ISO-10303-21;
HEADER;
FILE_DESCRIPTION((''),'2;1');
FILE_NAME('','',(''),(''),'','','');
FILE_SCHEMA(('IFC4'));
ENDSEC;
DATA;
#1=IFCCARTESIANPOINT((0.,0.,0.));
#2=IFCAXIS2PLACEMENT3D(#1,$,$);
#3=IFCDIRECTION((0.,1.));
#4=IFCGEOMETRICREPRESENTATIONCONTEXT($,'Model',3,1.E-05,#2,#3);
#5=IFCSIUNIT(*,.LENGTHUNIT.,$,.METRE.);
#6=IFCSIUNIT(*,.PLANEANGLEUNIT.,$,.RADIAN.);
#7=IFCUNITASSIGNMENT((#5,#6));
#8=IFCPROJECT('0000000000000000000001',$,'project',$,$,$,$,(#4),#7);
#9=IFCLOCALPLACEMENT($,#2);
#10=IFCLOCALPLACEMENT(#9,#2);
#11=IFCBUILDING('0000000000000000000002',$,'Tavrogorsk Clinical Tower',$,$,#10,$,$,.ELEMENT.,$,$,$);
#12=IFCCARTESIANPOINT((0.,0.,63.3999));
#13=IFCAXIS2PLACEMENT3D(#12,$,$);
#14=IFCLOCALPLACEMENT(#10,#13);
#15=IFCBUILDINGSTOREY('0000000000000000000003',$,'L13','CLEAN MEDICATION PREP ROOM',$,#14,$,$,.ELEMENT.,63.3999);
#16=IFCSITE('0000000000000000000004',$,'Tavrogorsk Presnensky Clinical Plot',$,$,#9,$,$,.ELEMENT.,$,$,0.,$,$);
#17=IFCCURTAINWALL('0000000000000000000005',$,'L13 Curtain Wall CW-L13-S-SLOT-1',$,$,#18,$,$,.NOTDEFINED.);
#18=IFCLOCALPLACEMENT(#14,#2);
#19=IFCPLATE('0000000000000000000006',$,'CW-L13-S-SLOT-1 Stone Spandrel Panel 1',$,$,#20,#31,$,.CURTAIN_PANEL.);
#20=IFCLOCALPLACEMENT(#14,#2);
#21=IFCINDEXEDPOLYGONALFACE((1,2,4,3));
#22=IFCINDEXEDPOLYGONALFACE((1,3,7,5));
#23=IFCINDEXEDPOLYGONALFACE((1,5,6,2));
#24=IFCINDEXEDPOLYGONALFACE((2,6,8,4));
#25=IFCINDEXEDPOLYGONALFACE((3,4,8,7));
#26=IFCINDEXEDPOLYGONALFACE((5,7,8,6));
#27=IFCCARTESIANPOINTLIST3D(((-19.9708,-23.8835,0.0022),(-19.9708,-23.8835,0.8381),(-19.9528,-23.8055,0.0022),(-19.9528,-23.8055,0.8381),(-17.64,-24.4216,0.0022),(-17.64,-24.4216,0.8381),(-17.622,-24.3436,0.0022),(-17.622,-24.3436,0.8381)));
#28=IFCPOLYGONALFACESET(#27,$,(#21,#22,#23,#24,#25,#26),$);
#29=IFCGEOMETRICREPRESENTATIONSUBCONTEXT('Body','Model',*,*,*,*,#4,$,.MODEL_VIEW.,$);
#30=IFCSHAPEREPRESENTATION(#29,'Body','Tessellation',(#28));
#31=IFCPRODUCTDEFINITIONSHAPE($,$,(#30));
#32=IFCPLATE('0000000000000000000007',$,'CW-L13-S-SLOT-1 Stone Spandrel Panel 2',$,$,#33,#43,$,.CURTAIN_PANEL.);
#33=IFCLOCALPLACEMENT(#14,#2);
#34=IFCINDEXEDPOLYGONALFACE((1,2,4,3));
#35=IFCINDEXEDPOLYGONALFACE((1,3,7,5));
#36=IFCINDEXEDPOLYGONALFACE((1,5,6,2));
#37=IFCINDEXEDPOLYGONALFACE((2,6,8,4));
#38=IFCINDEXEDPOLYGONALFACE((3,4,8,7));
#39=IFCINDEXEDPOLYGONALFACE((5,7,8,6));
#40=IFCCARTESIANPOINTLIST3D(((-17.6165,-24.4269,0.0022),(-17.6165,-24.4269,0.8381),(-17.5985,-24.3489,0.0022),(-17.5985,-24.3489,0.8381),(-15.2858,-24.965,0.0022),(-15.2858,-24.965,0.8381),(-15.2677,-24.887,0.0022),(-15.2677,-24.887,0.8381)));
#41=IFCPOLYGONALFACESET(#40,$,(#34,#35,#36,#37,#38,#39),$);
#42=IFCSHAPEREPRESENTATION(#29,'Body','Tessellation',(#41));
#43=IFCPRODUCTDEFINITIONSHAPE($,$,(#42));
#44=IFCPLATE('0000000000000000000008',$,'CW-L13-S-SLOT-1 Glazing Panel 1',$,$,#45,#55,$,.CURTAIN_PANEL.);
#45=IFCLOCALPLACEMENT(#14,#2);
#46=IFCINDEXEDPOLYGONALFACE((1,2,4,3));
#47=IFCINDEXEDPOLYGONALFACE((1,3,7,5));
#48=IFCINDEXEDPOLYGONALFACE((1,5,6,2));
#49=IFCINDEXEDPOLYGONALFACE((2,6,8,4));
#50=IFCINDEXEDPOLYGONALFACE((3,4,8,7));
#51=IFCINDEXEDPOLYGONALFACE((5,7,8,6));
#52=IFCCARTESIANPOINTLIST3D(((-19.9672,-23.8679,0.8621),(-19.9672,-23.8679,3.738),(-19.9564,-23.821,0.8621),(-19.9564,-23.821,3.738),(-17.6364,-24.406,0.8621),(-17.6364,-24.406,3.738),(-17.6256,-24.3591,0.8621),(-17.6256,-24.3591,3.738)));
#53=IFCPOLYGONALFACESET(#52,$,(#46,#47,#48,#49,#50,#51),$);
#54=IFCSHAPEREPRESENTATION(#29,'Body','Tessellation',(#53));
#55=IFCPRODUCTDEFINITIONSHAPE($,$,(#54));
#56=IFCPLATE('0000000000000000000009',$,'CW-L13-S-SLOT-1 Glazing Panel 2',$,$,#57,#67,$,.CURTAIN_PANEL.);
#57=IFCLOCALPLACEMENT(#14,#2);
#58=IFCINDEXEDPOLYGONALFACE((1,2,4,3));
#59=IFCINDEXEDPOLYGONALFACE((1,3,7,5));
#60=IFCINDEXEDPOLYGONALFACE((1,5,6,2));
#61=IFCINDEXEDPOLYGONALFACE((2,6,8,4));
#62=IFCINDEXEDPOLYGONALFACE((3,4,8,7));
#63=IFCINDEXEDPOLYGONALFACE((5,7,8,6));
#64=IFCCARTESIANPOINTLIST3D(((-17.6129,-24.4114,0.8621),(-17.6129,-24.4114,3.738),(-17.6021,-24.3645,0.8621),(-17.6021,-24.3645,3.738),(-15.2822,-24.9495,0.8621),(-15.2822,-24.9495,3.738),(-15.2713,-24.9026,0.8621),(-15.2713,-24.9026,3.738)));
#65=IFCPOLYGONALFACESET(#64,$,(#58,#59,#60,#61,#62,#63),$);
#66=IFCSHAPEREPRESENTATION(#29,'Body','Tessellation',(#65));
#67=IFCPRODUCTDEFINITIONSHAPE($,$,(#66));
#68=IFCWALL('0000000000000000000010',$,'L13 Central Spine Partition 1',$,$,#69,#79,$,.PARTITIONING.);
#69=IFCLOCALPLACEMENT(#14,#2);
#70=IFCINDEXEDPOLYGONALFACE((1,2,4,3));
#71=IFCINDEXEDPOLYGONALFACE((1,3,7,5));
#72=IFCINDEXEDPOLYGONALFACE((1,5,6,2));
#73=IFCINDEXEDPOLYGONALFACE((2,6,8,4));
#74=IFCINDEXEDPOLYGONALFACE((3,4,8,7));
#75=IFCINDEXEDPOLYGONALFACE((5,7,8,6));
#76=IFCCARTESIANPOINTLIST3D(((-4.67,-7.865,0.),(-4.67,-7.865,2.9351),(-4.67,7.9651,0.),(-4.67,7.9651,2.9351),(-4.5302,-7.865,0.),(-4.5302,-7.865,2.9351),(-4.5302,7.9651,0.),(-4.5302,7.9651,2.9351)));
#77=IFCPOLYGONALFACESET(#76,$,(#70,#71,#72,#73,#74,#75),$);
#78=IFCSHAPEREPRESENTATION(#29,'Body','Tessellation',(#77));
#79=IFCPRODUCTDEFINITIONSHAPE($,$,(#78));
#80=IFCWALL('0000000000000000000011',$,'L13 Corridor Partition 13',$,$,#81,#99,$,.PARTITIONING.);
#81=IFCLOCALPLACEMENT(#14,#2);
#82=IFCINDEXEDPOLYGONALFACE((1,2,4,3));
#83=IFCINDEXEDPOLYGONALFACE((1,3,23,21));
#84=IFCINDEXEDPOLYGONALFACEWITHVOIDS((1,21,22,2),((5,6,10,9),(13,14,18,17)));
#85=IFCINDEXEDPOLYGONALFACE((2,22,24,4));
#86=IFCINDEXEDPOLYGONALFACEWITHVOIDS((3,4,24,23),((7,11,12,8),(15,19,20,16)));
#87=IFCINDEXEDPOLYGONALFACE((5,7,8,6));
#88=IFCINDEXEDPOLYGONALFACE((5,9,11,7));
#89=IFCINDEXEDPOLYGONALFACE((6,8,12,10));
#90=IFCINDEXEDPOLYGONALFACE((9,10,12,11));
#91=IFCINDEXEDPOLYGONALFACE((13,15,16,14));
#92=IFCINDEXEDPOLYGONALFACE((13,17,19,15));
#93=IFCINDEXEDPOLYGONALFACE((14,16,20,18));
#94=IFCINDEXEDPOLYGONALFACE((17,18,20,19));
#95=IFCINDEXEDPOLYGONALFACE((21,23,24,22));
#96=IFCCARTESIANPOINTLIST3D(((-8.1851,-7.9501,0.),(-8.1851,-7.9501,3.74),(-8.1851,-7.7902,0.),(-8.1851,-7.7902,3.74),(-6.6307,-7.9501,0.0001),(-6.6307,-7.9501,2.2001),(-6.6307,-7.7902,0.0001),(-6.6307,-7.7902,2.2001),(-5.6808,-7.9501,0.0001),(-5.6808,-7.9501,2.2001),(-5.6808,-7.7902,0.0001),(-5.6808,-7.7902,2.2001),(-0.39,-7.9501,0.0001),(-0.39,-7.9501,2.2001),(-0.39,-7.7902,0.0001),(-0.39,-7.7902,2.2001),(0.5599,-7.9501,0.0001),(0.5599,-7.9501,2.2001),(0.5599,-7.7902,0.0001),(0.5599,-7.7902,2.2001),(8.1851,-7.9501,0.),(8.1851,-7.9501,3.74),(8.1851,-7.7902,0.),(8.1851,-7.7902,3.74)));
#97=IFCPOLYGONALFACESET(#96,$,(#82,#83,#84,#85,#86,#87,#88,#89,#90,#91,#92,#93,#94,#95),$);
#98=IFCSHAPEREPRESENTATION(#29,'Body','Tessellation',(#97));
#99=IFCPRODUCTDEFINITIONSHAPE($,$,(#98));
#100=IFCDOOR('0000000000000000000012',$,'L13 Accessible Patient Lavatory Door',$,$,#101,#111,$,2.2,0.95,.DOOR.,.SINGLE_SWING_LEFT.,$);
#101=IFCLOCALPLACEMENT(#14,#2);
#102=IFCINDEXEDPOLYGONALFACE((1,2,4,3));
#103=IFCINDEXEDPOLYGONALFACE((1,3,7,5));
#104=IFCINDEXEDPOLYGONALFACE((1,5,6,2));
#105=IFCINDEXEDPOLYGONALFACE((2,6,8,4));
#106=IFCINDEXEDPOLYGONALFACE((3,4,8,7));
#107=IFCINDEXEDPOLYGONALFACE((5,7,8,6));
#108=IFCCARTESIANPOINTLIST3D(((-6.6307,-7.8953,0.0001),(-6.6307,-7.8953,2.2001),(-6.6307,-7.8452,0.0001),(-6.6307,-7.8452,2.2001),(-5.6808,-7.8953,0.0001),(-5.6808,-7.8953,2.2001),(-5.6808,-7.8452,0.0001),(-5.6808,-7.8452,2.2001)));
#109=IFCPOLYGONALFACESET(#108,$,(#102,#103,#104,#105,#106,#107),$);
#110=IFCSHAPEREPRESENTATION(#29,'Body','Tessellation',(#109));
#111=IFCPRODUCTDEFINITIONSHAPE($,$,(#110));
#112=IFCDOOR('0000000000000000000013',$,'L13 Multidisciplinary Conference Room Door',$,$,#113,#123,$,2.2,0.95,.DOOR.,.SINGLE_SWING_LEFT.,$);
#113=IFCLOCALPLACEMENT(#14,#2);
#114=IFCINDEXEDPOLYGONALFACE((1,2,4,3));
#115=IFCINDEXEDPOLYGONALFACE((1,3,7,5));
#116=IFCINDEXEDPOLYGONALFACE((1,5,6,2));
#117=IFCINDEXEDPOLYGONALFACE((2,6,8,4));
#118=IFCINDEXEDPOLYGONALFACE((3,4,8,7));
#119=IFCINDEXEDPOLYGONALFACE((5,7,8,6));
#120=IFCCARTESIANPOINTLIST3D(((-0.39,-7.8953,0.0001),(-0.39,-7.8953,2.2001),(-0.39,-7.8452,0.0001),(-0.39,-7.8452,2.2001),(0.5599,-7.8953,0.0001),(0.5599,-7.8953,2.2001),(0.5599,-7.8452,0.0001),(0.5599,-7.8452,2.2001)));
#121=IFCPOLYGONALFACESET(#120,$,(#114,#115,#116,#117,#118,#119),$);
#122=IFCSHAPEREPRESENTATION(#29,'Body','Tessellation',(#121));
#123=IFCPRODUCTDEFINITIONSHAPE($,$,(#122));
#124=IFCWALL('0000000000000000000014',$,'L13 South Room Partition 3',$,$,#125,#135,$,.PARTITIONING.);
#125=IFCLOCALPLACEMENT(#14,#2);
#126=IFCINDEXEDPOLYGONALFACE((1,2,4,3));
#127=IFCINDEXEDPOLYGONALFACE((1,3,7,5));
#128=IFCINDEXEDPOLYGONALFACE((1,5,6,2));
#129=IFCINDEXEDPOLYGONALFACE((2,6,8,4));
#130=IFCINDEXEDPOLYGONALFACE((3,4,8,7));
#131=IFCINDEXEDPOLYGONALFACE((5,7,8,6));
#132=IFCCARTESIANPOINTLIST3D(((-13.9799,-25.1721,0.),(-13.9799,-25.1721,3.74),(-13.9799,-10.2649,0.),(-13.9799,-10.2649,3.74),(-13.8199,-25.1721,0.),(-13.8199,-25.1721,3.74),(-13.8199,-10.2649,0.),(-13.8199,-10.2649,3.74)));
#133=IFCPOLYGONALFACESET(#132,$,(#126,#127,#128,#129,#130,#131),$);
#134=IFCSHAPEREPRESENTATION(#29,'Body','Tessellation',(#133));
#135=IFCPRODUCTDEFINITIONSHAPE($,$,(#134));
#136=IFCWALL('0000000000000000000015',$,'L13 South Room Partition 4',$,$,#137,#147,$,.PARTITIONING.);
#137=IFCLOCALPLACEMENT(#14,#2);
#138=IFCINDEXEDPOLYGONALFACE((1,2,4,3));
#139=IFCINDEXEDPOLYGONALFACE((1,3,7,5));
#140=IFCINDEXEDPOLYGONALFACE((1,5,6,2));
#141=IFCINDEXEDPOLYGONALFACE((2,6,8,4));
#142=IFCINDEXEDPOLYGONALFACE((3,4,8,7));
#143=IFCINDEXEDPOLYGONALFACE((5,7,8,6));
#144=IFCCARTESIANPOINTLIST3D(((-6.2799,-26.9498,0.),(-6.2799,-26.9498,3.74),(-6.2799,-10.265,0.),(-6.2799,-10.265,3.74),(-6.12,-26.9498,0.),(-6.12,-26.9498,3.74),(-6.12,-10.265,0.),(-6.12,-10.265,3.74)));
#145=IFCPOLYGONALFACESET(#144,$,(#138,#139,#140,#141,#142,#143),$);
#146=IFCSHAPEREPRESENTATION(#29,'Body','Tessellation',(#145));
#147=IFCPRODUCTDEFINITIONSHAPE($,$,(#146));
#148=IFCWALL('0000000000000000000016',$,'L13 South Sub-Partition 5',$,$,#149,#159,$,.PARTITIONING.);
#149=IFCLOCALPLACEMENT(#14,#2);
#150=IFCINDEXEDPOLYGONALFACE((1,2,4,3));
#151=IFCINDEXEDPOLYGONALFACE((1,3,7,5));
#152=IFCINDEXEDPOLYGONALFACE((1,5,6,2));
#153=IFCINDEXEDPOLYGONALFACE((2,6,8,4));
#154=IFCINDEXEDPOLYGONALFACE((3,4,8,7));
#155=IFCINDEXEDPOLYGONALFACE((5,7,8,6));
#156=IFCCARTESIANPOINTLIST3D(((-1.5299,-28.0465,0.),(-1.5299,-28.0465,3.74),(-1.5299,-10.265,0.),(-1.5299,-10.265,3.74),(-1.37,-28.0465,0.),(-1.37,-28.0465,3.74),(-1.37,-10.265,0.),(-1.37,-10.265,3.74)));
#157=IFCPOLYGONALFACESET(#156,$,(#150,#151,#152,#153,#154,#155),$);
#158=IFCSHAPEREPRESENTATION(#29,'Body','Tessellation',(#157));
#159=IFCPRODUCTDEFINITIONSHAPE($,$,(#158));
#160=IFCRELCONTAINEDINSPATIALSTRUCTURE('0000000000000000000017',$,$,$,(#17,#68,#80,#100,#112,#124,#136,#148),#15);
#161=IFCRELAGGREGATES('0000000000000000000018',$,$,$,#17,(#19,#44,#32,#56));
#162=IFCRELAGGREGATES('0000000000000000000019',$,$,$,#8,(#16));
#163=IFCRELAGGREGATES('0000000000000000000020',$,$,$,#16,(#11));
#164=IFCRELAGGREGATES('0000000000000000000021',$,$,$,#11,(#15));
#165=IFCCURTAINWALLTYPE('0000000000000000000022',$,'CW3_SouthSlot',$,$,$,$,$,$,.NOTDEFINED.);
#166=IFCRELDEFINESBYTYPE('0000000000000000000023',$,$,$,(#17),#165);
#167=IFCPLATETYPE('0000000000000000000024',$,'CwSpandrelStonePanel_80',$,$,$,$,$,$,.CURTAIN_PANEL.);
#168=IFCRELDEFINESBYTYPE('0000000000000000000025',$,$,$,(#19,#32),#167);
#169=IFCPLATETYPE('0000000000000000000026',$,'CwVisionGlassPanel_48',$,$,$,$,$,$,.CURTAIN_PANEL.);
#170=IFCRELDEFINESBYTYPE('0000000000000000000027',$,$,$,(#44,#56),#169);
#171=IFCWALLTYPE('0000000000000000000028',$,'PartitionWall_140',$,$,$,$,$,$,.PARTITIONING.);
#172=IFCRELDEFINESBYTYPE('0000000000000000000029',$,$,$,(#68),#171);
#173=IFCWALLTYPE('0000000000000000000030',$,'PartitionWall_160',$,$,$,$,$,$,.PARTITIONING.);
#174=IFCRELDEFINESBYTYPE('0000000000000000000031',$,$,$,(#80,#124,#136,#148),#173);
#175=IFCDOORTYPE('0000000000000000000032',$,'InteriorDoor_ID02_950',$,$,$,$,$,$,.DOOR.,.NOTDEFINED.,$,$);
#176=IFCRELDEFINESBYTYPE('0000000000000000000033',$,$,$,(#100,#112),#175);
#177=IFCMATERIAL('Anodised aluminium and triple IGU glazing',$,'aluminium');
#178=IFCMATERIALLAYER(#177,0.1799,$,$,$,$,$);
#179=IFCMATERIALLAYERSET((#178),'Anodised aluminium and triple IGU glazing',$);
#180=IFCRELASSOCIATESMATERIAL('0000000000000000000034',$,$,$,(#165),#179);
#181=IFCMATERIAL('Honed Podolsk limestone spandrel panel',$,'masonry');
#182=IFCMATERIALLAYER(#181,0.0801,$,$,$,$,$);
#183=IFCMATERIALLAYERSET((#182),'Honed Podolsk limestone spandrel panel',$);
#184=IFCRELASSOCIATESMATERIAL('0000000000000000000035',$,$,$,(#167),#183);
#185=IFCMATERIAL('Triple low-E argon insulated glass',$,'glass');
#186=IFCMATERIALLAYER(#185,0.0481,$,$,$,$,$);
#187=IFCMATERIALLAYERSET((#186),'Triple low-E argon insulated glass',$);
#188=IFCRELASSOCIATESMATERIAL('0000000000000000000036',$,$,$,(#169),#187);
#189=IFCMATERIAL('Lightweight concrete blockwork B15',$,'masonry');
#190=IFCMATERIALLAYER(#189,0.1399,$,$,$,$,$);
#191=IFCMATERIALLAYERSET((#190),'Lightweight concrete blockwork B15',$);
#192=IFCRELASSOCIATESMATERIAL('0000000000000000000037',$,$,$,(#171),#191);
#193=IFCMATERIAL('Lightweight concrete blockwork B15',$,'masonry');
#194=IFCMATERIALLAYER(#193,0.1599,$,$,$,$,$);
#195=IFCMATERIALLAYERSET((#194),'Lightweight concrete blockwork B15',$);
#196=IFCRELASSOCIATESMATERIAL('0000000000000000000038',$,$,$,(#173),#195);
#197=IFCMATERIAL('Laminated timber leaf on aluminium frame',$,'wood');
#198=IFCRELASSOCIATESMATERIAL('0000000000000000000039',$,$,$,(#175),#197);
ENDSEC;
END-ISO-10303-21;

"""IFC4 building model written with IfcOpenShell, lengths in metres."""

from ifc_helpers import new_model, si_unit, direction, frame, frame_2d, origin, origin_2d, place, context, subcontext, project, spatial, rectangle, extrude, material, layer, layer_set, type_object, element, fill, aggregate, save


model = new_model("IFC4")

# Units and contexts
model_context = context("Model", 3, precision=1e-05, world=origin(), true_north=direction((0.0, 1.0)))
body_context = subcontext(model_context, "Body", "Model", "MODEL_VIEW")
ifc_project = project(units=[si_unit("LENGTHUNIT", "METRE"), si_unit("PLANEANGLEUNIT", "RADIAN")], contexts=[model_context])

# Site, building, storey
site_placement = place(None, origin())
site = spatial("IfcSite", under=ifc_project, at=site_placement, Name="Tavrogorsk Presnensky Clinical Plot", CompositionType="ELEMENT", RefElevation=0.0)
building_placement = place(site_placement, origin())
building = spatial("IfcBuilding", under=site, at=building_placement, Name="Tavrogorsk Clinical Tower", CompositionType="ELEMENT")
storey_placement = place(building_placement, frame((0.0, 0.0, 63.3999)))
storey = spatial("IfcBuildingStorey", under=building, at=storey_placement, Name="L13", Description="CLEAN MEDICATION PREP ROOM", CompositionType="ELEMENT", Elevation=63.3999)

# Curtain wall
ifc_material_1 = material(Name="Anodised aluminium and triple IGU glazing", Category="aluminium")
ifc_layer_1 = layer(ifc_material_1, 0.1799)
ifc_layer_set_1 = layer_set([ifc_layer_1], Name="Anodised aluminium and triple IGU glazing")
curtain_wall_type = type_object("IfcCurtainWallType", Name="CW3_SouthSlot", PredefinedType="NOTDEFINED", material=ifc_layer_set_1)
curtain_wall_1_placement = place(storey_placement, origin())
curtain_wall_1 = element("IfcCurtainWall", 1, at=curtain_wall_1_placement, inside=storey, type_object=curtain_wall_type, Name="L13 Curtain Wall CW-L13-S-SLOT-1", PredefinedType="NOTDEFINED")

# Plates
ifc_material_2 = material(Name="Honed Podolsk limestone spandrel panel", Category="masonry")
ifc_layer_2 = layer(ifc_material_2, 0.0801)
ifc_layer_set_2 = layer_set([ifc_layer_2], Name="Honed Podolsk limestone spandrel panel")
plate_type_1 = type_object("IfcPlateType", Name="CwSpandrelStonePanel_80", PredefinedType="CURTAIN_PANEL", material=ifc_layer_set_2)
plate_1_placement = place(storey_placement, frame((-18.7964, -24.1135, 0.0022), z_axis=(0.0, 0.0, 1.0), x_axis=(0.97437, -0.224951, 0.0)))
plate_1 = element("IfcPlate", 2, at=plate_1_placement, type_object=plate_type_1, Name="CW-L13-S-SLOT-1 Stone Spandrel Panel 1", PredefinedType="CURTAIN_PANEL", context=body_context, shape_type="SweptSolid", body=[
    extrude(rectangle(XDim=2.3921, YDim=0.0801, at=origin_2d()), origin(), (0.0, 0.0, 1.0), 0.8359),
])
plate_2_placement = place(storey_placement, frame((-16.4421, -24.657, 0.0022), z_axis=(0.0, 0.0, 1.0), x_axis=(0.97437, -0.224951, 0.0)))
plate_2 = element("IfcPlate", 3, at=plate_2_placement, type_object=plate_type_1, Name="CW-L13-S-SLOT-1 Stone Spandrel Panel 2", PredefinedType="CURTAIN_PANEL", context=body_context, shape_type="SweptSolid", body=[
    extrude(rectangle(XDim=2.3921, YDim=0.0801, at=origin_2d()), origin(), (0.0, 0.0, 1.0), 0.8359),
])
ifc_material_3 = material(Name="Triple low-E argon insulated glass", Category="glass")
ifc_layer_3 = layer(ifc_material_3, 0.0481)
ifc_layer_set_3 = layer_set([ifc_layer_3], Name="Triple low-E argon insulated glass")
plate_type_2 = type_object("IfcPlateType", Name="CwVisionGlassPanel_48", PredefinedType="CURTAIN_PANEL", material=ifc_layer_set_3)
plate_3_placement = place(storey_placement, frame((-18.7964, -24.1135, 0.8621), z_axis=(0.0, 0.0, 1.0), x_axis=(0.97437, -0.224951, 0.0)))
plate_3 = element("IfcPlate", 4, at=plate_3_placement, type_object=plate_type_2, Name="CW-L13-S-SLOT-1 Glazing Panel 1", PredefinedType="CURTAIN_PANEL", context=body_context, shape_type="SweptSolid", body=[
    extrude(rectangle(XDim=2.3921, YDim=0.0481, at=origin_2d()), origin(), (0.0, 0.0, 1.0), 2.876),
])
plate_4_placement = place(storey_placement, frame((-16.4421, -24.657, 0.8621), z_axis=(0.0, 0.0, 1.0), x_axis=(0.97437, -0.224951, 0.0)))
plate_4 = element("IfcPlate", 5, at=plate_4_placement, type_object=plate_type_2, Name="CW-L13-S-SLOT-1 Glazing Panel 2", PredefinedType="CURTAIN_PANEL", context=body_context, shape_type="SweptSolid", body=[
    extrude(rectangle(XDim=2.3921, YDim=0.0481, at=origin_2d()), origin(), (0.0, 0.0, 1.0), 2.876),
])
aggregate(curtain_wall_1, [plate_1, plate_3, plate_2, plate_4])

# Wall
ifc_material_4 = material(Name="Lightweight concrete blockwork B15", Category="masonry")
ifc_layer_4 = layer(ifc_material_4, 0.1399)
ifc_layer_set_4 = layer_set([ifc_layer_4], Name="Lightweight concrete blockwork B15")
wall_type_1 = type_object("IfcWallType", Name="PartitionWall_140", PredefinedType="PARTITIONING", material=ifc_layer_set_4)
wall_1_placement = place(storey_placement, frame((-4.6001, -7.865, 0.0), z_axis=(0.0, 0.0, 1.0), x_axis=(0.0, 1.0, 0.0)))
element("IfcWall", 6, at=wall_1_placement, inside=storey, type_object=wall_type_1, Name="L13 Central Spine Partition 1", PredefinedType="PARTITIONING", context=body_context, shape_type="SweptSolid", body=[
    extrude(rectangle(XDim=15.8301, YDim=0.1399, at=frame_2d((7.915, 0.0))), origin(), (0.0, 0.0, 1.0), 2.9351),
])

# Wall, openings, doors
ifc_material_5 = material(Name="Lightweight concrete blockwork B15", Category="masonry")
ifc_layer_5 = layer(ifc_material_5, 0.1599)
ifc_layer_set_5 = layer_set([ifc_layer_5], Name="Lightweight concrete blockwork B15")
wall_type_2 = type_object("IfcWallType", Name="PartitionWall_160", PredefinedType="PARTITIONING", material=ifc_layer_set_5)
wall_2_placement = place(storey_placement, frame((-8.1851, -7.8701, 0.0), z_axis=(0.0, 0.0, 1.0), x_axis=(1.0, 0.0, 0.0)))
wall_2 = element("IfcWall", 7, at=wall_2_placement, inside=storey, type_object=wall_type_2, Name="L13 Corridor Partition 13", PredefinedType="PARTITIONING", context=body_context, shape_type="SweptSolid", body=[
    extrude(rectangle(XDim=16.3701, YDim=0.1599, at=frame_2d((8.1851, 0.0))), origin(), (0.0, 0.0, 1.0), 3.74),
])
opening_1_placement = place(wall_2_placement, frame((1.5542, 0.0, 0.0)))
opening_1 = element("IfcOpeningElement", 8, at=opening_1_placement, cuts=wall_2, PredefinedType="OPENING", context=body_context, shape_type="SweptSolid", body=[
    extrude(rectangle(XDim=0.95, YDim=2.2, at=frame_2d((0.4751, 1.1001))), frame((0.0, 0.0898, 0.0), z_axis=(0.0, -1.0, 0.0), x_axis=(1.0, 0.0, 0.0)), (0.0, 0.0, 1.0), 0.1799),
])
opening_2_placement = place(wall_2_placement, frame((7.7949, 0.0, 0.0)))
opening_2 = element("IfcOpeningElement", 9, at=opening_2_placement, cuts=wall_2, PredefinedType="OPENING", context=body_context, shape_type="SweptSolid", body=[
    extrude(rectangle(XDim=0.95, YDim=2.2, at=frame_2d((0.4751, 1.1001))), frame((0.0, 0.0898, 0.0), z_axis=(0.0, -1.0, 0.0), x_axis=(1.0, 0.0, 0.0)), (0.0, 0.0, 1.0), 0.1799),
])
ifc_material_6 = material(Name="Laminated timber leaf on aluminium frame", Category="wood")
door_type = type_object("IfcDoorType", Name="InteriorDoor_ID02_950", OperationType="NOTDEFINED", PredefinedType="DOOR", material=ifc_material_6)
door_1_placement = place(opening_1_placement, origin())
door_1 = element("IfcDoor", 10, at=door_1_placement, inside=storey, type_object=door_type, Name="L13 Accessible Patient Lavatory Door", OperationType="SINGLE_SWING_LEFT", OverallHeight=2.2, OverallWidth=0.95, PredefinedType="DOOR", context=body_context, shape_type="SweptSolid", body=[
    extrude(rectangle(XDim=0.95, YDim=2.2, at=frame_2d((0.4751, 1.1001))), frame((0.0, 0.0249, 0.0), z_axis=(0.0, -1.0, 0.0), x_axis=(1.0, 0.0, 0.0)), (0.0, 0.0, 1.0), 0.05),
])
fill(opening_1, door_1)
door_2_placement = place(opening_2_placement, origin())
door_2 = element("IfcDoor", 11, at=door_2_placement, inside=storey, type_object=door_type, Name="L13 Multidisciplinary Conference Room Door", OperationType="SINGLE_SWING_LEFT", OverallHeight=2.2, OverallWidth=0.95, PredefinedType="DOOR", context=body_context, shape_type="SweptSolid", body=[
    extrude(rectangle(XDim=0.95, YDim=2.2, at=frame_2d((0.4751, 1.1001))), frame((0.0, 0.0249, 0.0), z_axis=(0.0, -1.0, 0.0), x_axis=(1.0, 0.0, 0.0)), (0.0, 0.0, 1.0), 0.05),
])
fill(opening_2, door_2)

# Walls
wall_3_placement = place(storey_placement, frame((-13.8999, -25.1721, 0.0), z_axis=(0.0, 0.0, 1.0), x_axis=(0.0, 1.0, 0.0)))
element("IfcWall", 12, at=wall_3_placement, inside=storey, type_object=wall_type_2, Name="L13 South Room Partition 3", PredefinedType="PARTITIONING", context=body_context, shape_type="SweptSolid", body=[
    extrude(rectangle(XDim=14.9072, YDim=0.1599, at=frame_2d((7.4536, 0.0))), origin(), (0.0, 0.0, 1.0), 3.74),
])
wall_4_placement = place(storey_placement, frame((-6.2, -26.9497, 0.0), z_axis=(0.0, 0.0, 1.0), x_axis=(0.0, 1.0, 0.0)))
element("IfcWall", 13, at=wall_4_placement, inside=storey, type_object=wall_type_2, Name="L13 South Room Partition 4", PredefinedType="PARTITIONING", context=body_context, shape_type="SweptSolid", body=[
    extrude(rectangle(XDim=16.6848, YDim=0.1599, at=frame_2d((8.3423, 0.0))), origin(), (0.0, 0.0, 1.0), 3.74),
])
wall_5_placement = place(storey_placement, frame((-1.45, -28.0464, 0.0), z_axis=(0.0, 0.0, 1.0), x_axis=(0.0, 1.0, 0.0)))
element("IfcWall", 14, at=wall_5_placement, inside=storey, type_object=wall_type_2, Name="L13 South Sub-Partition 5", PredefinedType="PARTITIONING", context=body_context, shape_type="SweptSolid", body=[
    extrude(rectangle(XDim=17.7815, YDim=0.1599, at=frame_2d((8.8906, 0.0))), origin(), (0.0, 0.0, 1.0), 3.74),
])

save(model, "model.ifc")
